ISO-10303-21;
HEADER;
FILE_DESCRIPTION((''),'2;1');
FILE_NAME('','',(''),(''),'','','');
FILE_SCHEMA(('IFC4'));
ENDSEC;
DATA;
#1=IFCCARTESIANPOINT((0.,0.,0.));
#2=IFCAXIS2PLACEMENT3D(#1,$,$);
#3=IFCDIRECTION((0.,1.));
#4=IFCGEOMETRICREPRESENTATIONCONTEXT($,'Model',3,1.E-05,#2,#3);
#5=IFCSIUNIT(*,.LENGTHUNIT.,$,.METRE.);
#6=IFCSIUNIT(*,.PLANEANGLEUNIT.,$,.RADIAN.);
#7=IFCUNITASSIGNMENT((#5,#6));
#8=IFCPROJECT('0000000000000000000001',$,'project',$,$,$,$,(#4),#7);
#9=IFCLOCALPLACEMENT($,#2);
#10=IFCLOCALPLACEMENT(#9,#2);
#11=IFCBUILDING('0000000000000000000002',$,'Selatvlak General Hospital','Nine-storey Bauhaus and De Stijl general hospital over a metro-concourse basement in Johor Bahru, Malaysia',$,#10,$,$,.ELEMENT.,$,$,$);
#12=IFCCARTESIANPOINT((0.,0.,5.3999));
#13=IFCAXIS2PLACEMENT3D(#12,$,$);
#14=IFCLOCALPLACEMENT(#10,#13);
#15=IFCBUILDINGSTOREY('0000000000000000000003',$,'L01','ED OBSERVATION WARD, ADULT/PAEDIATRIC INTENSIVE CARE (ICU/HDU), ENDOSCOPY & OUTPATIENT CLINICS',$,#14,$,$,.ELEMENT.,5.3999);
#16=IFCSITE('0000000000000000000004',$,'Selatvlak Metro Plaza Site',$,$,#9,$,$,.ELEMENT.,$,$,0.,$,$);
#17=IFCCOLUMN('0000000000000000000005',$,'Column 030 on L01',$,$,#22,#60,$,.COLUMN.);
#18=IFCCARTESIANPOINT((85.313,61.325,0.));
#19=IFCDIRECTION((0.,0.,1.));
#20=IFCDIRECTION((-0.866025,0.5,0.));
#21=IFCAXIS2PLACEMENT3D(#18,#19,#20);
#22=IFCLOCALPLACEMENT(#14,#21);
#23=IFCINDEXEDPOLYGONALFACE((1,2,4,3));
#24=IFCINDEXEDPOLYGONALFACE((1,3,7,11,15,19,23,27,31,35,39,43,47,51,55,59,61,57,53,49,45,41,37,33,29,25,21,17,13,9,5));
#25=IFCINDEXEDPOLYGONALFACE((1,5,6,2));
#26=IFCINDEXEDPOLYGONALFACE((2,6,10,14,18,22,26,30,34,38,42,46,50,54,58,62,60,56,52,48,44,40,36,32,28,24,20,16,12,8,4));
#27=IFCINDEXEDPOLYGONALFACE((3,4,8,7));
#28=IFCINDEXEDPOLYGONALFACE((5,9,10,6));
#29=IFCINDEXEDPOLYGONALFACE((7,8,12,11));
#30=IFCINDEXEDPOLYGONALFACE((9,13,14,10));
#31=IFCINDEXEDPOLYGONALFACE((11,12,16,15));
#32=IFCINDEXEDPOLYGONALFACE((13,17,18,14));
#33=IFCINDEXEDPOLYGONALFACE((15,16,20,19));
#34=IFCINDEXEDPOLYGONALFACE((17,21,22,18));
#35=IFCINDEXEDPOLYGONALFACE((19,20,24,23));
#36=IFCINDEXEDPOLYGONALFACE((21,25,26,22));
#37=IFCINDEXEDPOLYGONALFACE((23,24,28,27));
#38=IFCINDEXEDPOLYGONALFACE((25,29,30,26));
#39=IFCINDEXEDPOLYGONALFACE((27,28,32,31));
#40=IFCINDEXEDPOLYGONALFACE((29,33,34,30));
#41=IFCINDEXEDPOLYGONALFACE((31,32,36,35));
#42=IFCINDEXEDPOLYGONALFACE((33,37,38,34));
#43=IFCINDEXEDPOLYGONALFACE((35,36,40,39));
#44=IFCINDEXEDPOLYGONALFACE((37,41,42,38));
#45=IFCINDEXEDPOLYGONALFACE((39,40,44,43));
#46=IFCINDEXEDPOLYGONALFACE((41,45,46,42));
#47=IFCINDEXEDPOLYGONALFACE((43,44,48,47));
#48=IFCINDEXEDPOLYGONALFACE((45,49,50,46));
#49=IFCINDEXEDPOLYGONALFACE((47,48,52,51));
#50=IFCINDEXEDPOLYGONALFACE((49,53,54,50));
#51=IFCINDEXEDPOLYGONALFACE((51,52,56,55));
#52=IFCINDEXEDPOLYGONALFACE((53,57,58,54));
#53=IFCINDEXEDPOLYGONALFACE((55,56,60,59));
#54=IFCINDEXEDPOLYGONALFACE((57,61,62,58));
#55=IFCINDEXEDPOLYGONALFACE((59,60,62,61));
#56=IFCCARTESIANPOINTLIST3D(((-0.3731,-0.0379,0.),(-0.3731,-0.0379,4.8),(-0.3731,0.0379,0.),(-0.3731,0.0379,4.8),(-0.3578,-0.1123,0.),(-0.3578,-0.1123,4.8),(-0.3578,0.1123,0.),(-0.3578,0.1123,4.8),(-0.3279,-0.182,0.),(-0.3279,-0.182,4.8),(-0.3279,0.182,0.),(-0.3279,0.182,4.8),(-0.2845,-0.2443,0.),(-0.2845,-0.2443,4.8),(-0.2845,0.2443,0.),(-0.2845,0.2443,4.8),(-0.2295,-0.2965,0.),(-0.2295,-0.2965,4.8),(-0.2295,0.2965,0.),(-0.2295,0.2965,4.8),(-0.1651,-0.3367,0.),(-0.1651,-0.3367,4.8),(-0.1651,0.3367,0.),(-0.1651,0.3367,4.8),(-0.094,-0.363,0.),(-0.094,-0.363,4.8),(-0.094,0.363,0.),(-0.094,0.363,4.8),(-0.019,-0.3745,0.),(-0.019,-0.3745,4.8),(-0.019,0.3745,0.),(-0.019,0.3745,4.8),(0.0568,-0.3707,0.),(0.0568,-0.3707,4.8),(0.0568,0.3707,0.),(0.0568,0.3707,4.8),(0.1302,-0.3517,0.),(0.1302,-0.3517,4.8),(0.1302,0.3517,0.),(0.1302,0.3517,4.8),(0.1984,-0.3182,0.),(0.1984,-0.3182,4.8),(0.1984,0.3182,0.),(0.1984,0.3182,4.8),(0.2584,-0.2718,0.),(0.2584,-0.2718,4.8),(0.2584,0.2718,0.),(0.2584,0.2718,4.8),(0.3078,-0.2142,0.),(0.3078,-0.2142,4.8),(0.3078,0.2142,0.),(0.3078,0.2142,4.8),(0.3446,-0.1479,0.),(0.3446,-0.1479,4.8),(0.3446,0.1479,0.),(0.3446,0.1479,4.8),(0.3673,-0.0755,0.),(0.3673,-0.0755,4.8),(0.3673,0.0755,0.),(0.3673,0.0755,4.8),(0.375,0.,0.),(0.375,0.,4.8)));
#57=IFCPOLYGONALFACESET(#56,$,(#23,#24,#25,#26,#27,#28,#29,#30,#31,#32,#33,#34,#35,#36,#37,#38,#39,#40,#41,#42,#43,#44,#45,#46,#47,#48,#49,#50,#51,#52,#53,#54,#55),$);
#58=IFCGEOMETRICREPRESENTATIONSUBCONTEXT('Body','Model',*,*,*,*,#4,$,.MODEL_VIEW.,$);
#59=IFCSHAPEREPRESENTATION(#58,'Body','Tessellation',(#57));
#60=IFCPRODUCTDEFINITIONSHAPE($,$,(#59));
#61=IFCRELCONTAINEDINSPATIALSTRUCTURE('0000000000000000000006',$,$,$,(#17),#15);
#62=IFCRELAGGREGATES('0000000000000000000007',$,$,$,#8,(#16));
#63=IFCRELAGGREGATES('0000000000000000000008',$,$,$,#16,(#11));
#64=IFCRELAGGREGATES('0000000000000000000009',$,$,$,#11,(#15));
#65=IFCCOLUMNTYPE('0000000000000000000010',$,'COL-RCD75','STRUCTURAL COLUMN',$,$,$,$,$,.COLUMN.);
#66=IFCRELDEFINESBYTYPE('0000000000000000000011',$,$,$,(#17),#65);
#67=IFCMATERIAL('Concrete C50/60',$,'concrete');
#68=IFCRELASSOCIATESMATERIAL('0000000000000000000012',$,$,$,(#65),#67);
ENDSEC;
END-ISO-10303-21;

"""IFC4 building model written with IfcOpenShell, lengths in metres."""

from ifc_helpers import new_model, si_unit, direction, frame, origin, origin_2d, place, context, subcontext, project, spatial, circle, extrude, material, material_profile, profile_set, type_object, element, save


model = new_model("IFC4")

# Units and contexts
model_context = context("Model", 3, precision=1e-05, world=origin(), true_north=direction((0.0, 1.0)))
body_context = subcontext(model_context, "Body", "Model", "MODEL_VIEW")
ifc_project = project(units=[si_unit("LENGTHUNIT", "METRE"), si_unit("PLANEANGLEUNIT", "RADIAN")], contexts=[model_context])

# Site, building, storey
site_placement = place(None, origin())
site = spatial("IfcSite", under=ifc_project, at=site_placement, Name="Selatvlak Metro Plaza Site", CompositionType="ELEMENT", RefElevation=0.0)
building_placement = place(site_placement, origin())
building = spatial("IfcBuilding", under=site, at=building_placement, Name="Selatvlak General Hospital", Description="Nine-storey Bauhaus and De Stijl general hospital over a metro-concourse basement in Johor Bahru, Malaysia", CompositionType="ELEMENT")
storey_placement = place(building_placement, frame((0.0, 0.0, 5.3999)))
storey = spatial("IfcBuildingStorey", under=building, at=storey_placement, Name="L01", Description="ED OBSERVATION WARD, ADULT/PAEDIATRIC INTENSIVE CARE (ICU/HDU), ENDOSCOPY & OUTPATIENT CLINICS", CompositionType="ELEMENT", Elevation=5.3999)

# Column
ifc_material_1 = material(Name="Concrete C50/60", Category="concrete")
ifc_material_profile_1 = material_profile(ifc_material_1, circle(Radius=0.375, at=origin_2d()), Name="RC-COL D750")
ifc_profile_set_1 = profile_set([ifc_material_profile_1], Name="Concrete C50/60")
column_type = type_object("IfcColumnType", Name="COL-RCD75", Description="STRUCTURAL COLUMN", PredefinedType="COLUMN", material=ifc_profile_set_1)
column_placement = place(storey_placement, frame((85.313, 61.325, 0.0), z_axis=(0.0, 0.0, 1.0), x_axis=(-0.866025, 0.5, 0.0)))
element("IfcColumn", 1, at=column_placement, inside=storey, type_object=column_type, Name="Column 030 on L01", PredefinedType="COLUMN", context=body_context, shape_type="SweptSolid", body=[
    extrude(circle(Radius=0.375, at=origin_2d()), origin(), (0.0, 0.0, 1.0), 4.8),
])

save(model, "model.ifc")
